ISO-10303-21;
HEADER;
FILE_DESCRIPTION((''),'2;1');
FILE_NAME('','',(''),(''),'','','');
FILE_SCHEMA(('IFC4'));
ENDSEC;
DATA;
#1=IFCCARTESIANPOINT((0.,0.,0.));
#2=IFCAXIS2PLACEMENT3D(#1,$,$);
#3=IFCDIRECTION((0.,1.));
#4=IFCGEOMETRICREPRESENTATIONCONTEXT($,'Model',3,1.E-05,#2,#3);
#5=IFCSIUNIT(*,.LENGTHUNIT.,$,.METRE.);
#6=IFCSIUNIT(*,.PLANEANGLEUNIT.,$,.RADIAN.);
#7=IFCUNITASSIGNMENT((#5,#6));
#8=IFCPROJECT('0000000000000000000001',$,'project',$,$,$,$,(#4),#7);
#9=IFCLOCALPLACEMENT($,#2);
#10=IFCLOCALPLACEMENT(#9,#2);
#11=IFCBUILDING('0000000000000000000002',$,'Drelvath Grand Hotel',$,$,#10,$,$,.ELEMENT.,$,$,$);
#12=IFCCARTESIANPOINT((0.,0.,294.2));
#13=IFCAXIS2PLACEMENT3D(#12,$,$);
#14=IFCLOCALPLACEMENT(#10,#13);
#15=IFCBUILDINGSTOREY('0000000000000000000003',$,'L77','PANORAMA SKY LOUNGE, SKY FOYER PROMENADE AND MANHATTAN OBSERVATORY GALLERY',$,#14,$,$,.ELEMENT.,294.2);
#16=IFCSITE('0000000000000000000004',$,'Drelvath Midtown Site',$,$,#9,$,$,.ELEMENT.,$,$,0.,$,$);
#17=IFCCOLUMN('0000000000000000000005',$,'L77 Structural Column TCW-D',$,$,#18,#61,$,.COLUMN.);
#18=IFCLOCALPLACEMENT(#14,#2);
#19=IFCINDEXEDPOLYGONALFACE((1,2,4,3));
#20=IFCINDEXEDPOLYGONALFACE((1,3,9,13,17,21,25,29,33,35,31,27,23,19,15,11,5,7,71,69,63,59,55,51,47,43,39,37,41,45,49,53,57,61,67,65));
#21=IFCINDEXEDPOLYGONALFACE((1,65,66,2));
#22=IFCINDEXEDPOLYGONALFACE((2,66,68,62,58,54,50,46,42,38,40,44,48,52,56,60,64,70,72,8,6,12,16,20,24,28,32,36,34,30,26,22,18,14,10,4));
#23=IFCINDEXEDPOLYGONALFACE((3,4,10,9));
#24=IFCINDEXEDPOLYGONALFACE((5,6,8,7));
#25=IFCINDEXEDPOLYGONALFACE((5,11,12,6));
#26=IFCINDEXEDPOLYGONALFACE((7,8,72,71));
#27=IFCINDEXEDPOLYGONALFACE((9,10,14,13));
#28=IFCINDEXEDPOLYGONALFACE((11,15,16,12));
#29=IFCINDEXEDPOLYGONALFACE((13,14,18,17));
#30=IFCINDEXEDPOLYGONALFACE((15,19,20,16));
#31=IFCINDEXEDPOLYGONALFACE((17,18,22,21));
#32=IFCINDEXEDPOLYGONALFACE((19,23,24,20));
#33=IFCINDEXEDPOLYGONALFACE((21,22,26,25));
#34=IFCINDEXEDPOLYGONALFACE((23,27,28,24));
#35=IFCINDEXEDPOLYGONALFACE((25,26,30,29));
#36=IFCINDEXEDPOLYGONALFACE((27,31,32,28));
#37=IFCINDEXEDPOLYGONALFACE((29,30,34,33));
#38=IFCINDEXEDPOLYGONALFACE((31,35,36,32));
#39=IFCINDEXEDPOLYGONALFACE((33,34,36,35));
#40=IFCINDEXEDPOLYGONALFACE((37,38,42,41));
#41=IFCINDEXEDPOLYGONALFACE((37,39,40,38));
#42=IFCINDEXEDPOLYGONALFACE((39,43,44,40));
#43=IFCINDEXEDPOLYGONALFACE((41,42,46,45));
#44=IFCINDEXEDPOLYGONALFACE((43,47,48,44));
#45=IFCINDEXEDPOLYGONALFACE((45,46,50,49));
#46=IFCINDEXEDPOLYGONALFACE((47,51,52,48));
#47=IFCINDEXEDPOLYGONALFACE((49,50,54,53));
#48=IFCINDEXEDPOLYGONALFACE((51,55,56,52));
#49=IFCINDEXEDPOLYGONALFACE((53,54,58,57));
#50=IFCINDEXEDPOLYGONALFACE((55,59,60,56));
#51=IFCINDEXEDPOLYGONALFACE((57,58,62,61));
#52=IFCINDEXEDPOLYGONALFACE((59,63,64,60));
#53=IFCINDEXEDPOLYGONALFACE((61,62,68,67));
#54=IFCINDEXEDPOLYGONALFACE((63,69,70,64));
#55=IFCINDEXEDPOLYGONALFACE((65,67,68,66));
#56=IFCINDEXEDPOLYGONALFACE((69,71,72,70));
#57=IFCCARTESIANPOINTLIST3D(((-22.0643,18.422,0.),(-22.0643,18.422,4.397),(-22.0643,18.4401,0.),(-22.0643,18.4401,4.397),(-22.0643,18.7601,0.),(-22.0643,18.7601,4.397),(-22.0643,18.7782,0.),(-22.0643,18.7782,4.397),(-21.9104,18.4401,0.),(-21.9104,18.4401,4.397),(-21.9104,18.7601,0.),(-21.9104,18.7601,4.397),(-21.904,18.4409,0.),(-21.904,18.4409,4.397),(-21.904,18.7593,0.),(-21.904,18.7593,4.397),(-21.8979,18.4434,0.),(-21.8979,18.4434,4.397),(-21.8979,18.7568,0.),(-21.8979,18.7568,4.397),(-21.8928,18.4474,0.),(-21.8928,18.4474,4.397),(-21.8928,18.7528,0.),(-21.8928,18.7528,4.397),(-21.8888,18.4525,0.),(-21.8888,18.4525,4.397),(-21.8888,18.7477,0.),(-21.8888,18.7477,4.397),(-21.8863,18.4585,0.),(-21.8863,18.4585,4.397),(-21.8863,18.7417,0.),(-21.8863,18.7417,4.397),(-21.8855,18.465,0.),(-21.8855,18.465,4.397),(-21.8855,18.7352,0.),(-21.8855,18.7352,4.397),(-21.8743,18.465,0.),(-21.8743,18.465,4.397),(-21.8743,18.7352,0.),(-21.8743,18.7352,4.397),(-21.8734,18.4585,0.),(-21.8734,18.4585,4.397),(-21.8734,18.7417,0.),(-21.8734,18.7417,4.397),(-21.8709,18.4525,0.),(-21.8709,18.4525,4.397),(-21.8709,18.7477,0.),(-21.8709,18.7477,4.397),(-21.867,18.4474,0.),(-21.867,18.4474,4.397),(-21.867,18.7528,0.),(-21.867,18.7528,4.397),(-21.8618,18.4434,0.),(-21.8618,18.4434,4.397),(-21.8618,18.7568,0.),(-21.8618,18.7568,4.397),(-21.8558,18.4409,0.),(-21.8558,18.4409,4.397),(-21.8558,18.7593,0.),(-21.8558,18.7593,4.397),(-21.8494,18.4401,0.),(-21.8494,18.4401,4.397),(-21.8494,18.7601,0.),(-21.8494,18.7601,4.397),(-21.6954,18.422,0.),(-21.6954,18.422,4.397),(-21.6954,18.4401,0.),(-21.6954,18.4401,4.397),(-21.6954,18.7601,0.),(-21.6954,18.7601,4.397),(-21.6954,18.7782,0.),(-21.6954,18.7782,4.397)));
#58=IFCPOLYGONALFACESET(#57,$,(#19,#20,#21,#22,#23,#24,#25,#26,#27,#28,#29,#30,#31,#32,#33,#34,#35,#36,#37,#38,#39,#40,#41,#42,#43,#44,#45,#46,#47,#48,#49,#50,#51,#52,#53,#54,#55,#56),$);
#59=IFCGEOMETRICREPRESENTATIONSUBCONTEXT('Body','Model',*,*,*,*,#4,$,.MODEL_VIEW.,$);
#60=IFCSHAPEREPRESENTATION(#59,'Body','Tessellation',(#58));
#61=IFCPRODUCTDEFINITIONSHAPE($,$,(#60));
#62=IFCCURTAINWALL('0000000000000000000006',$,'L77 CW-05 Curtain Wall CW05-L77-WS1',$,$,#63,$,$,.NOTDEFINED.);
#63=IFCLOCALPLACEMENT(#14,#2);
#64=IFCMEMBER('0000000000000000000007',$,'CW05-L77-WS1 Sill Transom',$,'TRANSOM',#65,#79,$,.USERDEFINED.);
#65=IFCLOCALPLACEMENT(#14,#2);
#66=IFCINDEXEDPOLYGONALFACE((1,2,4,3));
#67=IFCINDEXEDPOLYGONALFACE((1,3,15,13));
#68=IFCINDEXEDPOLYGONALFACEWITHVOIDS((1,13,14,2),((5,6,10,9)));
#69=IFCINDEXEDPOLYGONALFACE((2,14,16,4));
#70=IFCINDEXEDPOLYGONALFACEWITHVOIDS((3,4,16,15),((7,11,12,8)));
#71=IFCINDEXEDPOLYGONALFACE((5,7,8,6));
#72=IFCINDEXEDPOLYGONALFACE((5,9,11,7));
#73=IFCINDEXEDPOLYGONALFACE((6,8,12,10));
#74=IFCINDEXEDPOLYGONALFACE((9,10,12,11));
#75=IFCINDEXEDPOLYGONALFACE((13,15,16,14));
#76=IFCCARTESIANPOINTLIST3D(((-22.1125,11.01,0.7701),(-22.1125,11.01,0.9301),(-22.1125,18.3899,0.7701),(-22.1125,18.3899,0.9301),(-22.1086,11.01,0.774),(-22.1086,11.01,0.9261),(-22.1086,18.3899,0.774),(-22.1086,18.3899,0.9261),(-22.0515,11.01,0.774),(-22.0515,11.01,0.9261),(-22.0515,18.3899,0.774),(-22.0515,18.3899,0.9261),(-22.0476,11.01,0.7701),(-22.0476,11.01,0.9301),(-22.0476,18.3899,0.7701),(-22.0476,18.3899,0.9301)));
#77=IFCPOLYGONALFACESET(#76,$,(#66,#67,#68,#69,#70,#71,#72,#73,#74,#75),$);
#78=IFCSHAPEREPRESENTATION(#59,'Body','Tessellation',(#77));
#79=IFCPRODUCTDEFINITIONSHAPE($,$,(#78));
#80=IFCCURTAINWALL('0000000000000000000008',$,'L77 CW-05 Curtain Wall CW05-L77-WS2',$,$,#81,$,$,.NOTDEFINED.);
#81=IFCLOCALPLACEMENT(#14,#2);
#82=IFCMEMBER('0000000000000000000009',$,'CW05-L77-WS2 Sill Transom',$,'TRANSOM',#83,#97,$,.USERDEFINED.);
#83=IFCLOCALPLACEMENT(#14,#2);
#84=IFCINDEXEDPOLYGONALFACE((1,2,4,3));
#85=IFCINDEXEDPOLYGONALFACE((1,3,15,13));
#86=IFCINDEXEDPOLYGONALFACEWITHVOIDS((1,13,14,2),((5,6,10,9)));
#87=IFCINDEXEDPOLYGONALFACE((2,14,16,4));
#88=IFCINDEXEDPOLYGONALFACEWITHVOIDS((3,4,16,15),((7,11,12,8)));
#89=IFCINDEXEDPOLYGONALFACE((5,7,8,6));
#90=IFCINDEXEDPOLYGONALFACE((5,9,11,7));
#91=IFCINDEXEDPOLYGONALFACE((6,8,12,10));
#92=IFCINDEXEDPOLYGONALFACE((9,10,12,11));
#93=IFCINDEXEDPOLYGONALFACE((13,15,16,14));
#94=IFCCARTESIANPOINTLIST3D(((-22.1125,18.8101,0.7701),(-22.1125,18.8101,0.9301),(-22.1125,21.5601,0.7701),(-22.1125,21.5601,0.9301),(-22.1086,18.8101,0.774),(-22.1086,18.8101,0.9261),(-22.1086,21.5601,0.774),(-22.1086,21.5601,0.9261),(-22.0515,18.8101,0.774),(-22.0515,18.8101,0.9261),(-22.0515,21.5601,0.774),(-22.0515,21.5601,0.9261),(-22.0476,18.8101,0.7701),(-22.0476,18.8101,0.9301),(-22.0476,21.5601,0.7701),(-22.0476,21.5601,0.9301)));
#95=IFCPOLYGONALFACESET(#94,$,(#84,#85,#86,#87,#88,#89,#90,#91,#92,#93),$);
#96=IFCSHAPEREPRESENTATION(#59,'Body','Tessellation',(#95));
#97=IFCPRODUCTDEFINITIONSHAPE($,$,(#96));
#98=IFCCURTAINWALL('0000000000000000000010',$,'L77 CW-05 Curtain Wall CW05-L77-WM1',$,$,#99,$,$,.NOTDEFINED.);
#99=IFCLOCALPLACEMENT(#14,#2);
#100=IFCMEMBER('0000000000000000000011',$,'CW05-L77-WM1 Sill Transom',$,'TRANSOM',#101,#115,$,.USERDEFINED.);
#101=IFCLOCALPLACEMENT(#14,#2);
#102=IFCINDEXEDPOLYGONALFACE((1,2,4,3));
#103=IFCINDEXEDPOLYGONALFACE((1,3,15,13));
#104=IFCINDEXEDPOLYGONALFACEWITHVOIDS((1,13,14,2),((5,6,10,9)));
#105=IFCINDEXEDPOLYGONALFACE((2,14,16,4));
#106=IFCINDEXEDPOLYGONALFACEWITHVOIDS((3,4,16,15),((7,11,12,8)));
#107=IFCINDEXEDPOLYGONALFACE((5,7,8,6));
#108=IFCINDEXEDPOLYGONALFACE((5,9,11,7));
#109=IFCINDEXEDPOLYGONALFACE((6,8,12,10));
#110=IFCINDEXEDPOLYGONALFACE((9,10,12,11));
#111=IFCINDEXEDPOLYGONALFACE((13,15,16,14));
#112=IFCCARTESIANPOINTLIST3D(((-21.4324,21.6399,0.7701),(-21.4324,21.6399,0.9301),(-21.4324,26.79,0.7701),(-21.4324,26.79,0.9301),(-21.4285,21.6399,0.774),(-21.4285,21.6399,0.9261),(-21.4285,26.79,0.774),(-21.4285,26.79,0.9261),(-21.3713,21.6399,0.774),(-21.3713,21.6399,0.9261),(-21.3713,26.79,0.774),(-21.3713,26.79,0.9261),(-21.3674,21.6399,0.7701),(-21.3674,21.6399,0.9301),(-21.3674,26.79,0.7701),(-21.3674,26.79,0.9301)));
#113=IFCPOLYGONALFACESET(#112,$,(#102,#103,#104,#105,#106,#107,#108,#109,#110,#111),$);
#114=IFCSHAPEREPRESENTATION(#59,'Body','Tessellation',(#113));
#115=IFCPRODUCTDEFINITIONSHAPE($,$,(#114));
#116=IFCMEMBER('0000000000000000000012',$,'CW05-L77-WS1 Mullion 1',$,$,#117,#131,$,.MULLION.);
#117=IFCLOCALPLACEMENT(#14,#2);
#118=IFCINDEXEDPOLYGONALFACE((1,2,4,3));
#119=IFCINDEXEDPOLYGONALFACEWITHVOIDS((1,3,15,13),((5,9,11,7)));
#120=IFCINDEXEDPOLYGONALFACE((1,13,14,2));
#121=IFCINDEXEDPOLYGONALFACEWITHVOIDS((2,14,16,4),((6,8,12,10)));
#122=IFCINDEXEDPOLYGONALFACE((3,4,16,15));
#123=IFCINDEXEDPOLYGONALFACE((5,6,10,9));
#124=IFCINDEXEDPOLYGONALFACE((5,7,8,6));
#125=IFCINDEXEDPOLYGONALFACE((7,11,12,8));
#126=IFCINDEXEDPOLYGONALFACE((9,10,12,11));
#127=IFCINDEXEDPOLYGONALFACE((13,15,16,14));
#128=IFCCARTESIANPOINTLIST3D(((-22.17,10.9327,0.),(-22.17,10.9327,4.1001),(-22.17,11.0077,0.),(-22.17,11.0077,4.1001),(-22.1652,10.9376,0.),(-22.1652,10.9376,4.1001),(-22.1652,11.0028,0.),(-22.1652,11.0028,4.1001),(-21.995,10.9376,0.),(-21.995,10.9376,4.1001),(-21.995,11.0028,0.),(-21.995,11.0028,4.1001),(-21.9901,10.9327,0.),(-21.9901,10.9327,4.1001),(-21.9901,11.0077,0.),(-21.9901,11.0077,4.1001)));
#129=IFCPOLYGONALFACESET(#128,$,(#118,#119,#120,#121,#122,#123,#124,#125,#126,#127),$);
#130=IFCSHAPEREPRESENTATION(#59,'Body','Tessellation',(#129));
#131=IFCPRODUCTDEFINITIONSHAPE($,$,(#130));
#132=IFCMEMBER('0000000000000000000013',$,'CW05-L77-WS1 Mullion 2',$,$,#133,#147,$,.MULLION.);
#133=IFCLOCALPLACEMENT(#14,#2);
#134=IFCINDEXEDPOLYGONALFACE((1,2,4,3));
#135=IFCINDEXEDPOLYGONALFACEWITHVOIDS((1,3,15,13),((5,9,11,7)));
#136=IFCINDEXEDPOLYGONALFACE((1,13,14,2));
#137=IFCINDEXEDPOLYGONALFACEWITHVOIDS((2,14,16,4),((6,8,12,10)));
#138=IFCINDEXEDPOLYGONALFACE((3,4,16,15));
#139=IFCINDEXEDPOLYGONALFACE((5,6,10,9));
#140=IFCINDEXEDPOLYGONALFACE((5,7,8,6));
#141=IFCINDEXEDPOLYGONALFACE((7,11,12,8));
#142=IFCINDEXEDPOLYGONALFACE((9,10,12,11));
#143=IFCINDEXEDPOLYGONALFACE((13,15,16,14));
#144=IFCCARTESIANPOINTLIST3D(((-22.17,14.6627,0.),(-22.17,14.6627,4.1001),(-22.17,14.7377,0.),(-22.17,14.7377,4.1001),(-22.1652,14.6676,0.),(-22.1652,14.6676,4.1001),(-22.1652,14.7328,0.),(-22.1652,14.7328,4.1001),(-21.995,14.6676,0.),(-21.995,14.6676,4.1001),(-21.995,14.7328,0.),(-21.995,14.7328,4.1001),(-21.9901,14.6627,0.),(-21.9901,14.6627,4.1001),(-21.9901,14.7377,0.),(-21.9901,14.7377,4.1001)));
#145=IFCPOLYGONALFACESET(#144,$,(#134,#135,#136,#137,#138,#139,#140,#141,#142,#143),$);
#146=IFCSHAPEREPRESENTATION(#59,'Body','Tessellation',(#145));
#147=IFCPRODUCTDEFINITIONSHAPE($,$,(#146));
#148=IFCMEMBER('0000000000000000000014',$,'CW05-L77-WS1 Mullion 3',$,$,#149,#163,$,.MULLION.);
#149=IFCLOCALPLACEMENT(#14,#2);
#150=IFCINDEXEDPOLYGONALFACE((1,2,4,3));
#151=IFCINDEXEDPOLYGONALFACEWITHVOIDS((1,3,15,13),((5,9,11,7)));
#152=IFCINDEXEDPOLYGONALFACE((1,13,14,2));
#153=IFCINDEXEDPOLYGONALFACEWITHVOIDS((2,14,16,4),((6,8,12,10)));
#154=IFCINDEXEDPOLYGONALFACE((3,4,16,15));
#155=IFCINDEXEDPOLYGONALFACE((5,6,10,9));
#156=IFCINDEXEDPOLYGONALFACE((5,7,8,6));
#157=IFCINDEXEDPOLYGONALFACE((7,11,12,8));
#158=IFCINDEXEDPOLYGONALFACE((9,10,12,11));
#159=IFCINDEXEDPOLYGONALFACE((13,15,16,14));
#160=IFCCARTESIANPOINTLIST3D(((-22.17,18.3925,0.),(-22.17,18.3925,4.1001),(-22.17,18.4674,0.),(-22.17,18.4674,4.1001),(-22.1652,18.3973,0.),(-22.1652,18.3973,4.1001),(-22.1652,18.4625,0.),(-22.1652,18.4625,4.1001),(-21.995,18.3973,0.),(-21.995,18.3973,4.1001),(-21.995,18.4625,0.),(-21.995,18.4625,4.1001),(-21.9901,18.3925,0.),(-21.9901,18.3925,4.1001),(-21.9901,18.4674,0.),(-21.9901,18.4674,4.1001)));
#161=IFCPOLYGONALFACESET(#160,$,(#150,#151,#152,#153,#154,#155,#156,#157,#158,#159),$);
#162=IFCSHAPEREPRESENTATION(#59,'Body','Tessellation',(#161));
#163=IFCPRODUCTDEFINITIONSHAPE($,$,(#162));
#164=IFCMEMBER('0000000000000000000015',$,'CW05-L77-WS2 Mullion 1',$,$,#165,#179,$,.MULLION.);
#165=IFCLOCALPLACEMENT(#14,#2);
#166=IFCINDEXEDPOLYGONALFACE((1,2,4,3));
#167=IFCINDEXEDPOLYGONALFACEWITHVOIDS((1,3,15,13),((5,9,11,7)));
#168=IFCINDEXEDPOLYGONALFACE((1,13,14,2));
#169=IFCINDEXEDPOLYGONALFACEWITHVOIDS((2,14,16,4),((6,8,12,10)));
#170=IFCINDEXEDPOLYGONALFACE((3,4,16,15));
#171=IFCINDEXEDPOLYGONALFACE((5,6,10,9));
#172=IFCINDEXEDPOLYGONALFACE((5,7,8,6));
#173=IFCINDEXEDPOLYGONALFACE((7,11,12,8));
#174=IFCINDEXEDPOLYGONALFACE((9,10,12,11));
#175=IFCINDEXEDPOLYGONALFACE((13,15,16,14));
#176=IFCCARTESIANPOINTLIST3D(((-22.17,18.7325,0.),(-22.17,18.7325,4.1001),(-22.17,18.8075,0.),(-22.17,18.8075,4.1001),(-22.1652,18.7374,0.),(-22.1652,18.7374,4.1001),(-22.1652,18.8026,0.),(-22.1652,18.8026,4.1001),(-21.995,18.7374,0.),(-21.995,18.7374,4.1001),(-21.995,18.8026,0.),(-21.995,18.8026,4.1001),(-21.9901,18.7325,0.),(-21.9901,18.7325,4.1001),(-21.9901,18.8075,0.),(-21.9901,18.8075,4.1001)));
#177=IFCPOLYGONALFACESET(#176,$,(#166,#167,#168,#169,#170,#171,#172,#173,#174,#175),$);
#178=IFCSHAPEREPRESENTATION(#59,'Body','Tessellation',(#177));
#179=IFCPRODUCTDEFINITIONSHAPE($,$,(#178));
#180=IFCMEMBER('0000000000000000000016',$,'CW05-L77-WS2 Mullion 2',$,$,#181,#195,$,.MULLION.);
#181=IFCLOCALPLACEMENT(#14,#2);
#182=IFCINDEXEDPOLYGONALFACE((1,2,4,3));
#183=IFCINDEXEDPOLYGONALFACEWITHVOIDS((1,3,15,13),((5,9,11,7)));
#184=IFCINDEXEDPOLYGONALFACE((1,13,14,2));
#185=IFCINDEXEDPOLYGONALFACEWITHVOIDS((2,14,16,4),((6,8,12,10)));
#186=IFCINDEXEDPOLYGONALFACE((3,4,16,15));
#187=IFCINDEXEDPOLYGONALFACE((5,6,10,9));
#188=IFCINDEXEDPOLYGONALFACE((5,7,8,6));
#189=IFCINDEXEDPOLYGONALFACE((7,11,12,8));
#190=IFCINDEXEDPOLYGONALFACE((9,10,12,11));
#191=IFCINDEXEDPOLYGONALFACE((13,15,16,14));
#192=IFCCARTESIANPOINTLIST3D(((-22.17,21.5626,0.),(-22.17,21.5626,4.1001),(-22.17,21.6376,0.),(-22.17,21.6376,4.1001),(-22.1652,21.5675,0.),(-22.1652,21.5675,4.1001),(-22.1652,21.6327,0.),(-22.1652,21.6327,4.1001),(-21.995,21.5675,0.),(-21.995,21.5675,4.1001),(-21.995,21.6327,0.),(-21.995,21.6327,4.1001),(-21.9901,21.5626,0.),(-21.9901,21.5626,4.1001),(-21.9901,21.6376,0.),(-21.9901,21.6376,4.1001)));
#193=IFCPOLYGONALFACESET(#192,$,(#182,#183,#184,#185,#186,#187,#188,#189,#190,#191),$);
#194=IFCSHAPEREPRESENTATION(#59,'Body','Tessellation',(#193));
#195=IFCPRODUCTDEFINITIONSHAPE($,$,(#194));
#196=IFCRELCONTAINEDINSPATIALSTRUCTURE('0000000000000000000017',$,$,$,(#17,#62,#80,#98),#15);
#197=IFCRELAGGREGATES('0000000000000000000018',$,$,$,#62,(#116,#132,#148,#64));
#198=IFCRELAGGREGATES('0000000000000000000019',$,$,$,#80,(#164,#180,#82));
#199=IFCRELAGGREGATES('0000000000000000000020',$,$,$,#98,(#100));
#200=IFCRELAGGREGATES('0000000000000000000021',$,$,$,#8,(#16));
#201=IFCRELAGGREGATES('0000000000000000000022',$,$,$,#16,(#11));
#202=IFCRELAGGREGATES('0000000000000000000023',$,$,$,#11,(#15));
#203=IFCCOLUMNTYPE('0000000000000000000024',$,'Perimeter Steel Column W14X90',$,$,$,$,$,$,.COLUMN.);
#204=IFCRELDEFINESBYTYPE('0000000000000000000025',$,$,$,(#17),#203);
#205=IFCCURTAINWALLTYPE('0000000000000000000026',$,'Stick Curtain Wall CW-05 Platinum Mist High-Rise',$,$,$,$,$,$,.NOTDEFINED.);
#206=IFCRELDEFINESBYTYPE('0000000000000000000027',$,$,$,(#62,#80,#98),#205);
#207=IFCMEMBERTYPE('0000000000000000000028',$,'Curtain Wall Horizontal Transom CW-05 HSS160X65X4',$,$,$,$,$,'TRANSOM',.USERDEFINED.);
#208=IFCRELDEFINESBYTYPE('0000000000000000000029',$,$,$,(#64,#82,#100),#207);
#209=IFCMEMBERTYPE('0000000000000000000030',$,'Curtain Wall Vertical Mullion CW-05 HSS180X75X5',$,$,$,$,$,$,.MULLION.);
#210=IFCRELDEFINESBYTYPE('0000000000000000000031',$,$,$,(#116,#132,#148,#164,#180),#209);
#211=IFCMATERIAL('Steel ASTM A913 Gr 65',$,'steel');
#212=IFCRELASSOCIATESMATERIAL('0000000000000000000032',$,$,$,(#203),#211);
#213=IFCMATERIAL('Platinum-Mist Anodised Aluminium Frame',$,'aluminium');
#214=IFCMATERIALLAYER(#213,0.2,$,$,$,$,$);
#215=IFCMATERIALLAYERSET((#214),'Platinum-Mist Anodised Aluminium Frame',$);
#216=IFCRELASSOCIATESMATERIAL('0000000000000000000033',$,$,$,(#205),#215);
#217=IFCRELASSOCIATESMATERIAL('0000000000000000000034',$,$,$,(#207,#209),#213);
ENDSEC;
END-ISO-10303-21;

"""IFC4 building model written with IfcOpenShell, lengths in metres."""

from ifc_helpers import new_model, si_unit, direction, frame, origin, origin_2d, place, context, subcontext, project, spatial, hollow_rectangle, i_section, extrude, material, layer, layer_set, material_profile, profile_set, type_object, element, aggregate, save


model = new_model("IFC4")

# Units and contexts
model_context = context("Model", 3, precision=1e-05, world=origin(), true_north=direction((0.0, 1.0)))
body_context = subcontext(model_context, "Body", "Model", "MODEL_VIEW")
ifc_project = project(units=[si_unit("LENGTHUNIT", "METRE"), si_unit("PLANEANGLEUNIT", "RADIAN")], contexts=[model_context])

# Site, building, storey
site_placement = place(None, origin())
site = spatial("IfcSite", under=ifc_project, at=site_placement, Name="Drelvath Midtown Site", CompositionType="ELEMENT", RefElevation=0.0)
building_placement = place(site_placement, origin())
building = spatial("IfcBuilding", under=site, at=building_placement, Name="Drelvath Grand Hotel", CompositionType="ELEMENT")
storey_placement = place(building_placement, frame((0.0, 0.0, 294.2)))
storey = spatial("IfcBuildingStorey", under=building, at=storey_placement, Name="L77", Description="PANORAMA SKY LOUNGE, SKY FOYER PROMENADE AND MANHATTAN OBSERVATORY GALLERY", CompositionType="ELEMENT", Elevation=294.2)

# Column
ifc_material_1 = material(Name="Steel ASTM A913 Gr 65", Category="steel")
ifc_material_profile_1 = material_profile(ifc_material_1, i_section(OverallWidth=0.3689, OverallDepth=0.3562, WebThickness=0.0112, FlangeThickness=0.0181, FilletRadius=0.0249, at=origin_2d()), Name="W14X90")
ifc_profile_set_1 = profile_set([ifc_material_profile_1], Name="Steel ASTM A913 Gr 65")
column_type = type_object("IfcColumnType", Name="Perimeter Steel Column W14X90", PredefinedType="COLUMN", material=ifc_profile_set_1)
column_placement = place(storey_placement, frame((-21.8799, 18.6001, 0.0), z_axis=(0.0, 0.0, 1.0), x_axis=(1.0, 0.0, 0.0)))
element("IfcColumn", 1, at=column_placement, inside=storey, type_object=column_type, Name="L77 Structural Column TCW-D", PredefinedType="COLUMN", context=body_context, shape_type="SweptSolid", body=[
    extrude(i_section(OverallWidth=0.3689, OverallDepth=0.3562, WebThickness=0.0112, FlangeThickness=0.0181, FilletRadius=0.0249, at=origin_2d()), origin(), (0.0, 0.0, 1.0), 4.397),
])

# Curtain walls, members
ifc_material_2 = material(Name="Platinum-Mist Anodised Aluminium Frame", Category="aluminium")
ifc_layer_1 = layer(ifc_material_2, 0.2)
ifc_layer_set_1 = layer_set([ifc_layer_1], Name="Platinum-Mist Anodised Aluminium Frame")
curtain_wall_type = type_object("IfcCurtainWallType", Name="Stick Curtain Wall CW-05 Platinum Mist High-Rise", PredefinedType="NOTDEFINED", material=ifc_layer_set_1)
curtain_wall_1_placement = place(storey_placement, origin())
curtain_wall_1 = element("IfcCurtainWall", 2, at=curtain_wall_1_placement, inside=storey, type_object=curtain_wall_type, Name="L77 CW-05 Curtain Wall CW05-L77-WS1", PredefinedType="NOTDEFINED")
ifc_material_profile_2 = material_profile(ifc_material_2, hollow_rectangle(XDim=0.0649, YDim=0.1599, WallThickness=0.0039, at=origin_2d()), Name="HSS160X65X4")
ifc_profile_set_2 = profile_set([ifc_material_profile_2], Name="Platinum-Mist Anodised Aluminium Frame")
member_type_1 = type_object("IfcMemberType", Name="Curtain Wall Horizontal Transom CW-05 HSS160X65X4", ElementType="TRANSOM", PredefinedType="USERDEFINED", material=ifc_profile_set_2)
member_1_placement = place(storey_placement, frame((-22.0801, 11.01, 0.8501), z_axis=(0.0, 1.0, 0.0), x_axis=(-1.0, 0.0, 0.0)))
member_1 = element("IfcMember", 3, at=member_1_placement, type_object=member_type_1, Name="CW05-L77-WS1 Sill Transom", ObjectType="TRANSOM", PredefinedType="USERDEFINED", context=body_context, shape_type="SweptSolid", body=[
    extrude(hollow_rectangle(XDim=0.0649, YDim=0.1599, WallThickness=0.0039, at=origin_2d()), origin(), (0.0, 0.0, 1.0), 7.3799),
])
curtain_wall_2_placement = place(storey_placement, origin())
curtain_wall_2 = element("IfcCurtainWall", 4, at=curtain_wall_2_placement, inside=storey, type_object=curtain_wall_type, Name="L77 CW-05 Curtain Wall CW05-L77-WS2", PredefinedType="NOTDEFINED")
member_2_placement = place(storey_placement, frame((-22.0801, 18.8101, 0.8501), z_axis=(0.0, 1.0, 0.0), x_axis=(-1.0, 0.0, 0.0)))
member_2 = element("IfcMember", 5, at=member_2_placement, type_object=member_type_1, Name="CW05-L77-WS2 Sill Transom", ObjectType="TRANSOM", PredefinedType="USERDEFINED", context=body_context, shape_type="SweptSolid", body=[
    extrude(hollow_rectangle(XDim=0.0649, YDim=0.1599, WallThickness=0.0039, at=origin_2d()), origin(), (0.0, 0.0, 1.0), 2.75),
])
curtain_wall_3_placement = place(storey_placement, origin())
curtain_wall_3 = element("IfcCurtainWall", 6, at=curtain_wall_3_placement, inside=storey, type_object=curtain_wall_type, Name="L77 CW-05 Curtain Wall CW05-L77-WM1", PredefinedType="NOTDEFINED")
member_3_placement = place(storey_placement, frame((-21.3999, 21.6399, 0.8501), z_axis=(0.0, 1.0, 0.0), x_axis=(-1.0, 0.0, 0.0)))
member_3 = element("IfcMember", 7, at=member_3_placement, type_object=member_type_1, Name="CW05-L77-WM1 Sill Transom", ObjectType="TRANSOM", PredefinedType="USERDEFINED", context=body_context, shape_type="SweptSolid", body=[
    extrude(hollow_rectangle(XDim=0.0649, YDim=0.1599, WallThickness=0.0039, at=origin_2d()), origin(), (0.0, 0.0, 1.0), 5.1501),
])

# Members
ifc_material_profile_3 = material_profile(ifc_material_2, hollow_rectangle(XDim=0.075, YDim=0.1799, WallThickness=0.0049, at=origin_2d()), Name="HSS180X75X5")
ifc_profile_set_3 = profile_set([ifc_material_profile_3], Name="Platinum-Mist Anodised Aluminium Frame")
member_type_2 = type_object("IfcMemberType", Name="Curtain Wall Vertical Mullion CW-05 HSS180X75X5", PredefinedType="MULLION", material=ifc_profile_set_3)
member_4_placement = place(storey_placement, frame((-22.0801, 10.9702, 0.0), z_axis=(0.0, 0.0, 1.0), x_axis=(0.0, 1.0, 0.0)))
member_4 = element("IfcMember", 8, at=member_4_placement, type_object=member_type_2, Name="CW05-L77-WS1 Mullion 1", PredefinedType="MULLION", context=body_context, shape_type="SweptSolid", body=[
    extrude(hollow_rectangle(XDim=0.075, YDim=0.1799, WallThickness=0.0049, at=origin_2d()), origin(), (0.0, 0.0, 1.0), 4.1001),
])
member_5_placement = place(storey_placement, frame((-22.0801, 14.7002, 0.0), z_axis=(0.0, 0.0, 1.0), x_axis=(0.0, 1.0, 0.0)))
member_5 = element("IfcMember", 9, at=member_5_placement, type_object=member_type_2, Name="CW05-L77-WS1 Mullion 2", PredefinedType="MULLION", context=body_context, shape_type="SweptSolid", body=[
    extrude(hollow_rectangle(XDim=0.075, YDim=0.1799, WallThickness=0.0049, at=origin_2d()), origin(), (0.0, 0.0, 1.0), 4.1001),
])
member_6_placement = place(storey_placement, frame((-22.0801, 18.4299, 0.0), z_axis=(0.0, 0.0, 1.0), x_axis=(0.0, 1.0, 0.0)))
member_6 = element("IfcMember", 10, at=member_6_placement, type_object=member_type_2, Name="CW05-L77-WS1 Mullion 3", PredefinedType="MULLION", context=body_context, shape_type="SweptSolid", body=[
    extrude(hollow_rectangle(XDim=0.075, YDim=0.1799, WallThickness=0.0049, at=origin_2d()), origin(), (0.0, 0.0, 1.0), 4.1001),
])
member_7_placement = place(storey_placement, frame((-22.0801, 18.77, 0.0), z_axis=(0.0, 0.0, 1.0), x_axis=(0.0, 1.0, 0.0)))
member_7 = element("IfcMember", 11, at=member_7_placement, type_object=member_type_2, Name="CW05-L77-WS2 Mullion 1", PredefinedType="MULLION", context=body_context, shape_type="SweptSolid", body=[
    extrude(hollow_rectangle(XDim=0.075, YDim=0.1799, WallThickness=0.0049, at=origin_2d()), origin(), (0.0, 0.0, 1.0), 4.1001),
])
member_8_placement = place(storey_placement, frame((-22.0801, 21.6001, 0.0), z_axis=(0.0, 0.0, 1.0), x_axis=(0.0, 1.0, 0.0)))
member_8 = element("IfcMember", 12, at=member_8_placement, type_object=member_type_2, Name="CW05-L77-WS2 Mullion 2", PredefinedType="MULLION", context=body_context, shape_type="SweptSolid", body=[
    extrude(hollow_rectangle(XDim=0.075, YDim=0.1799, WallThickness=0.0049, at=origin_2d()), origin(), (0.0, 0.0, 1.0), 4.1001),
])

aggregate(curtain_wall_1, [member_4, member_5, member_6, member_1])
aggregate(curtain_wall_2, [member_7, member_8, member_2])
aggregate(curtain_wall_3, [member_3])

save(model, "model.ifc")
